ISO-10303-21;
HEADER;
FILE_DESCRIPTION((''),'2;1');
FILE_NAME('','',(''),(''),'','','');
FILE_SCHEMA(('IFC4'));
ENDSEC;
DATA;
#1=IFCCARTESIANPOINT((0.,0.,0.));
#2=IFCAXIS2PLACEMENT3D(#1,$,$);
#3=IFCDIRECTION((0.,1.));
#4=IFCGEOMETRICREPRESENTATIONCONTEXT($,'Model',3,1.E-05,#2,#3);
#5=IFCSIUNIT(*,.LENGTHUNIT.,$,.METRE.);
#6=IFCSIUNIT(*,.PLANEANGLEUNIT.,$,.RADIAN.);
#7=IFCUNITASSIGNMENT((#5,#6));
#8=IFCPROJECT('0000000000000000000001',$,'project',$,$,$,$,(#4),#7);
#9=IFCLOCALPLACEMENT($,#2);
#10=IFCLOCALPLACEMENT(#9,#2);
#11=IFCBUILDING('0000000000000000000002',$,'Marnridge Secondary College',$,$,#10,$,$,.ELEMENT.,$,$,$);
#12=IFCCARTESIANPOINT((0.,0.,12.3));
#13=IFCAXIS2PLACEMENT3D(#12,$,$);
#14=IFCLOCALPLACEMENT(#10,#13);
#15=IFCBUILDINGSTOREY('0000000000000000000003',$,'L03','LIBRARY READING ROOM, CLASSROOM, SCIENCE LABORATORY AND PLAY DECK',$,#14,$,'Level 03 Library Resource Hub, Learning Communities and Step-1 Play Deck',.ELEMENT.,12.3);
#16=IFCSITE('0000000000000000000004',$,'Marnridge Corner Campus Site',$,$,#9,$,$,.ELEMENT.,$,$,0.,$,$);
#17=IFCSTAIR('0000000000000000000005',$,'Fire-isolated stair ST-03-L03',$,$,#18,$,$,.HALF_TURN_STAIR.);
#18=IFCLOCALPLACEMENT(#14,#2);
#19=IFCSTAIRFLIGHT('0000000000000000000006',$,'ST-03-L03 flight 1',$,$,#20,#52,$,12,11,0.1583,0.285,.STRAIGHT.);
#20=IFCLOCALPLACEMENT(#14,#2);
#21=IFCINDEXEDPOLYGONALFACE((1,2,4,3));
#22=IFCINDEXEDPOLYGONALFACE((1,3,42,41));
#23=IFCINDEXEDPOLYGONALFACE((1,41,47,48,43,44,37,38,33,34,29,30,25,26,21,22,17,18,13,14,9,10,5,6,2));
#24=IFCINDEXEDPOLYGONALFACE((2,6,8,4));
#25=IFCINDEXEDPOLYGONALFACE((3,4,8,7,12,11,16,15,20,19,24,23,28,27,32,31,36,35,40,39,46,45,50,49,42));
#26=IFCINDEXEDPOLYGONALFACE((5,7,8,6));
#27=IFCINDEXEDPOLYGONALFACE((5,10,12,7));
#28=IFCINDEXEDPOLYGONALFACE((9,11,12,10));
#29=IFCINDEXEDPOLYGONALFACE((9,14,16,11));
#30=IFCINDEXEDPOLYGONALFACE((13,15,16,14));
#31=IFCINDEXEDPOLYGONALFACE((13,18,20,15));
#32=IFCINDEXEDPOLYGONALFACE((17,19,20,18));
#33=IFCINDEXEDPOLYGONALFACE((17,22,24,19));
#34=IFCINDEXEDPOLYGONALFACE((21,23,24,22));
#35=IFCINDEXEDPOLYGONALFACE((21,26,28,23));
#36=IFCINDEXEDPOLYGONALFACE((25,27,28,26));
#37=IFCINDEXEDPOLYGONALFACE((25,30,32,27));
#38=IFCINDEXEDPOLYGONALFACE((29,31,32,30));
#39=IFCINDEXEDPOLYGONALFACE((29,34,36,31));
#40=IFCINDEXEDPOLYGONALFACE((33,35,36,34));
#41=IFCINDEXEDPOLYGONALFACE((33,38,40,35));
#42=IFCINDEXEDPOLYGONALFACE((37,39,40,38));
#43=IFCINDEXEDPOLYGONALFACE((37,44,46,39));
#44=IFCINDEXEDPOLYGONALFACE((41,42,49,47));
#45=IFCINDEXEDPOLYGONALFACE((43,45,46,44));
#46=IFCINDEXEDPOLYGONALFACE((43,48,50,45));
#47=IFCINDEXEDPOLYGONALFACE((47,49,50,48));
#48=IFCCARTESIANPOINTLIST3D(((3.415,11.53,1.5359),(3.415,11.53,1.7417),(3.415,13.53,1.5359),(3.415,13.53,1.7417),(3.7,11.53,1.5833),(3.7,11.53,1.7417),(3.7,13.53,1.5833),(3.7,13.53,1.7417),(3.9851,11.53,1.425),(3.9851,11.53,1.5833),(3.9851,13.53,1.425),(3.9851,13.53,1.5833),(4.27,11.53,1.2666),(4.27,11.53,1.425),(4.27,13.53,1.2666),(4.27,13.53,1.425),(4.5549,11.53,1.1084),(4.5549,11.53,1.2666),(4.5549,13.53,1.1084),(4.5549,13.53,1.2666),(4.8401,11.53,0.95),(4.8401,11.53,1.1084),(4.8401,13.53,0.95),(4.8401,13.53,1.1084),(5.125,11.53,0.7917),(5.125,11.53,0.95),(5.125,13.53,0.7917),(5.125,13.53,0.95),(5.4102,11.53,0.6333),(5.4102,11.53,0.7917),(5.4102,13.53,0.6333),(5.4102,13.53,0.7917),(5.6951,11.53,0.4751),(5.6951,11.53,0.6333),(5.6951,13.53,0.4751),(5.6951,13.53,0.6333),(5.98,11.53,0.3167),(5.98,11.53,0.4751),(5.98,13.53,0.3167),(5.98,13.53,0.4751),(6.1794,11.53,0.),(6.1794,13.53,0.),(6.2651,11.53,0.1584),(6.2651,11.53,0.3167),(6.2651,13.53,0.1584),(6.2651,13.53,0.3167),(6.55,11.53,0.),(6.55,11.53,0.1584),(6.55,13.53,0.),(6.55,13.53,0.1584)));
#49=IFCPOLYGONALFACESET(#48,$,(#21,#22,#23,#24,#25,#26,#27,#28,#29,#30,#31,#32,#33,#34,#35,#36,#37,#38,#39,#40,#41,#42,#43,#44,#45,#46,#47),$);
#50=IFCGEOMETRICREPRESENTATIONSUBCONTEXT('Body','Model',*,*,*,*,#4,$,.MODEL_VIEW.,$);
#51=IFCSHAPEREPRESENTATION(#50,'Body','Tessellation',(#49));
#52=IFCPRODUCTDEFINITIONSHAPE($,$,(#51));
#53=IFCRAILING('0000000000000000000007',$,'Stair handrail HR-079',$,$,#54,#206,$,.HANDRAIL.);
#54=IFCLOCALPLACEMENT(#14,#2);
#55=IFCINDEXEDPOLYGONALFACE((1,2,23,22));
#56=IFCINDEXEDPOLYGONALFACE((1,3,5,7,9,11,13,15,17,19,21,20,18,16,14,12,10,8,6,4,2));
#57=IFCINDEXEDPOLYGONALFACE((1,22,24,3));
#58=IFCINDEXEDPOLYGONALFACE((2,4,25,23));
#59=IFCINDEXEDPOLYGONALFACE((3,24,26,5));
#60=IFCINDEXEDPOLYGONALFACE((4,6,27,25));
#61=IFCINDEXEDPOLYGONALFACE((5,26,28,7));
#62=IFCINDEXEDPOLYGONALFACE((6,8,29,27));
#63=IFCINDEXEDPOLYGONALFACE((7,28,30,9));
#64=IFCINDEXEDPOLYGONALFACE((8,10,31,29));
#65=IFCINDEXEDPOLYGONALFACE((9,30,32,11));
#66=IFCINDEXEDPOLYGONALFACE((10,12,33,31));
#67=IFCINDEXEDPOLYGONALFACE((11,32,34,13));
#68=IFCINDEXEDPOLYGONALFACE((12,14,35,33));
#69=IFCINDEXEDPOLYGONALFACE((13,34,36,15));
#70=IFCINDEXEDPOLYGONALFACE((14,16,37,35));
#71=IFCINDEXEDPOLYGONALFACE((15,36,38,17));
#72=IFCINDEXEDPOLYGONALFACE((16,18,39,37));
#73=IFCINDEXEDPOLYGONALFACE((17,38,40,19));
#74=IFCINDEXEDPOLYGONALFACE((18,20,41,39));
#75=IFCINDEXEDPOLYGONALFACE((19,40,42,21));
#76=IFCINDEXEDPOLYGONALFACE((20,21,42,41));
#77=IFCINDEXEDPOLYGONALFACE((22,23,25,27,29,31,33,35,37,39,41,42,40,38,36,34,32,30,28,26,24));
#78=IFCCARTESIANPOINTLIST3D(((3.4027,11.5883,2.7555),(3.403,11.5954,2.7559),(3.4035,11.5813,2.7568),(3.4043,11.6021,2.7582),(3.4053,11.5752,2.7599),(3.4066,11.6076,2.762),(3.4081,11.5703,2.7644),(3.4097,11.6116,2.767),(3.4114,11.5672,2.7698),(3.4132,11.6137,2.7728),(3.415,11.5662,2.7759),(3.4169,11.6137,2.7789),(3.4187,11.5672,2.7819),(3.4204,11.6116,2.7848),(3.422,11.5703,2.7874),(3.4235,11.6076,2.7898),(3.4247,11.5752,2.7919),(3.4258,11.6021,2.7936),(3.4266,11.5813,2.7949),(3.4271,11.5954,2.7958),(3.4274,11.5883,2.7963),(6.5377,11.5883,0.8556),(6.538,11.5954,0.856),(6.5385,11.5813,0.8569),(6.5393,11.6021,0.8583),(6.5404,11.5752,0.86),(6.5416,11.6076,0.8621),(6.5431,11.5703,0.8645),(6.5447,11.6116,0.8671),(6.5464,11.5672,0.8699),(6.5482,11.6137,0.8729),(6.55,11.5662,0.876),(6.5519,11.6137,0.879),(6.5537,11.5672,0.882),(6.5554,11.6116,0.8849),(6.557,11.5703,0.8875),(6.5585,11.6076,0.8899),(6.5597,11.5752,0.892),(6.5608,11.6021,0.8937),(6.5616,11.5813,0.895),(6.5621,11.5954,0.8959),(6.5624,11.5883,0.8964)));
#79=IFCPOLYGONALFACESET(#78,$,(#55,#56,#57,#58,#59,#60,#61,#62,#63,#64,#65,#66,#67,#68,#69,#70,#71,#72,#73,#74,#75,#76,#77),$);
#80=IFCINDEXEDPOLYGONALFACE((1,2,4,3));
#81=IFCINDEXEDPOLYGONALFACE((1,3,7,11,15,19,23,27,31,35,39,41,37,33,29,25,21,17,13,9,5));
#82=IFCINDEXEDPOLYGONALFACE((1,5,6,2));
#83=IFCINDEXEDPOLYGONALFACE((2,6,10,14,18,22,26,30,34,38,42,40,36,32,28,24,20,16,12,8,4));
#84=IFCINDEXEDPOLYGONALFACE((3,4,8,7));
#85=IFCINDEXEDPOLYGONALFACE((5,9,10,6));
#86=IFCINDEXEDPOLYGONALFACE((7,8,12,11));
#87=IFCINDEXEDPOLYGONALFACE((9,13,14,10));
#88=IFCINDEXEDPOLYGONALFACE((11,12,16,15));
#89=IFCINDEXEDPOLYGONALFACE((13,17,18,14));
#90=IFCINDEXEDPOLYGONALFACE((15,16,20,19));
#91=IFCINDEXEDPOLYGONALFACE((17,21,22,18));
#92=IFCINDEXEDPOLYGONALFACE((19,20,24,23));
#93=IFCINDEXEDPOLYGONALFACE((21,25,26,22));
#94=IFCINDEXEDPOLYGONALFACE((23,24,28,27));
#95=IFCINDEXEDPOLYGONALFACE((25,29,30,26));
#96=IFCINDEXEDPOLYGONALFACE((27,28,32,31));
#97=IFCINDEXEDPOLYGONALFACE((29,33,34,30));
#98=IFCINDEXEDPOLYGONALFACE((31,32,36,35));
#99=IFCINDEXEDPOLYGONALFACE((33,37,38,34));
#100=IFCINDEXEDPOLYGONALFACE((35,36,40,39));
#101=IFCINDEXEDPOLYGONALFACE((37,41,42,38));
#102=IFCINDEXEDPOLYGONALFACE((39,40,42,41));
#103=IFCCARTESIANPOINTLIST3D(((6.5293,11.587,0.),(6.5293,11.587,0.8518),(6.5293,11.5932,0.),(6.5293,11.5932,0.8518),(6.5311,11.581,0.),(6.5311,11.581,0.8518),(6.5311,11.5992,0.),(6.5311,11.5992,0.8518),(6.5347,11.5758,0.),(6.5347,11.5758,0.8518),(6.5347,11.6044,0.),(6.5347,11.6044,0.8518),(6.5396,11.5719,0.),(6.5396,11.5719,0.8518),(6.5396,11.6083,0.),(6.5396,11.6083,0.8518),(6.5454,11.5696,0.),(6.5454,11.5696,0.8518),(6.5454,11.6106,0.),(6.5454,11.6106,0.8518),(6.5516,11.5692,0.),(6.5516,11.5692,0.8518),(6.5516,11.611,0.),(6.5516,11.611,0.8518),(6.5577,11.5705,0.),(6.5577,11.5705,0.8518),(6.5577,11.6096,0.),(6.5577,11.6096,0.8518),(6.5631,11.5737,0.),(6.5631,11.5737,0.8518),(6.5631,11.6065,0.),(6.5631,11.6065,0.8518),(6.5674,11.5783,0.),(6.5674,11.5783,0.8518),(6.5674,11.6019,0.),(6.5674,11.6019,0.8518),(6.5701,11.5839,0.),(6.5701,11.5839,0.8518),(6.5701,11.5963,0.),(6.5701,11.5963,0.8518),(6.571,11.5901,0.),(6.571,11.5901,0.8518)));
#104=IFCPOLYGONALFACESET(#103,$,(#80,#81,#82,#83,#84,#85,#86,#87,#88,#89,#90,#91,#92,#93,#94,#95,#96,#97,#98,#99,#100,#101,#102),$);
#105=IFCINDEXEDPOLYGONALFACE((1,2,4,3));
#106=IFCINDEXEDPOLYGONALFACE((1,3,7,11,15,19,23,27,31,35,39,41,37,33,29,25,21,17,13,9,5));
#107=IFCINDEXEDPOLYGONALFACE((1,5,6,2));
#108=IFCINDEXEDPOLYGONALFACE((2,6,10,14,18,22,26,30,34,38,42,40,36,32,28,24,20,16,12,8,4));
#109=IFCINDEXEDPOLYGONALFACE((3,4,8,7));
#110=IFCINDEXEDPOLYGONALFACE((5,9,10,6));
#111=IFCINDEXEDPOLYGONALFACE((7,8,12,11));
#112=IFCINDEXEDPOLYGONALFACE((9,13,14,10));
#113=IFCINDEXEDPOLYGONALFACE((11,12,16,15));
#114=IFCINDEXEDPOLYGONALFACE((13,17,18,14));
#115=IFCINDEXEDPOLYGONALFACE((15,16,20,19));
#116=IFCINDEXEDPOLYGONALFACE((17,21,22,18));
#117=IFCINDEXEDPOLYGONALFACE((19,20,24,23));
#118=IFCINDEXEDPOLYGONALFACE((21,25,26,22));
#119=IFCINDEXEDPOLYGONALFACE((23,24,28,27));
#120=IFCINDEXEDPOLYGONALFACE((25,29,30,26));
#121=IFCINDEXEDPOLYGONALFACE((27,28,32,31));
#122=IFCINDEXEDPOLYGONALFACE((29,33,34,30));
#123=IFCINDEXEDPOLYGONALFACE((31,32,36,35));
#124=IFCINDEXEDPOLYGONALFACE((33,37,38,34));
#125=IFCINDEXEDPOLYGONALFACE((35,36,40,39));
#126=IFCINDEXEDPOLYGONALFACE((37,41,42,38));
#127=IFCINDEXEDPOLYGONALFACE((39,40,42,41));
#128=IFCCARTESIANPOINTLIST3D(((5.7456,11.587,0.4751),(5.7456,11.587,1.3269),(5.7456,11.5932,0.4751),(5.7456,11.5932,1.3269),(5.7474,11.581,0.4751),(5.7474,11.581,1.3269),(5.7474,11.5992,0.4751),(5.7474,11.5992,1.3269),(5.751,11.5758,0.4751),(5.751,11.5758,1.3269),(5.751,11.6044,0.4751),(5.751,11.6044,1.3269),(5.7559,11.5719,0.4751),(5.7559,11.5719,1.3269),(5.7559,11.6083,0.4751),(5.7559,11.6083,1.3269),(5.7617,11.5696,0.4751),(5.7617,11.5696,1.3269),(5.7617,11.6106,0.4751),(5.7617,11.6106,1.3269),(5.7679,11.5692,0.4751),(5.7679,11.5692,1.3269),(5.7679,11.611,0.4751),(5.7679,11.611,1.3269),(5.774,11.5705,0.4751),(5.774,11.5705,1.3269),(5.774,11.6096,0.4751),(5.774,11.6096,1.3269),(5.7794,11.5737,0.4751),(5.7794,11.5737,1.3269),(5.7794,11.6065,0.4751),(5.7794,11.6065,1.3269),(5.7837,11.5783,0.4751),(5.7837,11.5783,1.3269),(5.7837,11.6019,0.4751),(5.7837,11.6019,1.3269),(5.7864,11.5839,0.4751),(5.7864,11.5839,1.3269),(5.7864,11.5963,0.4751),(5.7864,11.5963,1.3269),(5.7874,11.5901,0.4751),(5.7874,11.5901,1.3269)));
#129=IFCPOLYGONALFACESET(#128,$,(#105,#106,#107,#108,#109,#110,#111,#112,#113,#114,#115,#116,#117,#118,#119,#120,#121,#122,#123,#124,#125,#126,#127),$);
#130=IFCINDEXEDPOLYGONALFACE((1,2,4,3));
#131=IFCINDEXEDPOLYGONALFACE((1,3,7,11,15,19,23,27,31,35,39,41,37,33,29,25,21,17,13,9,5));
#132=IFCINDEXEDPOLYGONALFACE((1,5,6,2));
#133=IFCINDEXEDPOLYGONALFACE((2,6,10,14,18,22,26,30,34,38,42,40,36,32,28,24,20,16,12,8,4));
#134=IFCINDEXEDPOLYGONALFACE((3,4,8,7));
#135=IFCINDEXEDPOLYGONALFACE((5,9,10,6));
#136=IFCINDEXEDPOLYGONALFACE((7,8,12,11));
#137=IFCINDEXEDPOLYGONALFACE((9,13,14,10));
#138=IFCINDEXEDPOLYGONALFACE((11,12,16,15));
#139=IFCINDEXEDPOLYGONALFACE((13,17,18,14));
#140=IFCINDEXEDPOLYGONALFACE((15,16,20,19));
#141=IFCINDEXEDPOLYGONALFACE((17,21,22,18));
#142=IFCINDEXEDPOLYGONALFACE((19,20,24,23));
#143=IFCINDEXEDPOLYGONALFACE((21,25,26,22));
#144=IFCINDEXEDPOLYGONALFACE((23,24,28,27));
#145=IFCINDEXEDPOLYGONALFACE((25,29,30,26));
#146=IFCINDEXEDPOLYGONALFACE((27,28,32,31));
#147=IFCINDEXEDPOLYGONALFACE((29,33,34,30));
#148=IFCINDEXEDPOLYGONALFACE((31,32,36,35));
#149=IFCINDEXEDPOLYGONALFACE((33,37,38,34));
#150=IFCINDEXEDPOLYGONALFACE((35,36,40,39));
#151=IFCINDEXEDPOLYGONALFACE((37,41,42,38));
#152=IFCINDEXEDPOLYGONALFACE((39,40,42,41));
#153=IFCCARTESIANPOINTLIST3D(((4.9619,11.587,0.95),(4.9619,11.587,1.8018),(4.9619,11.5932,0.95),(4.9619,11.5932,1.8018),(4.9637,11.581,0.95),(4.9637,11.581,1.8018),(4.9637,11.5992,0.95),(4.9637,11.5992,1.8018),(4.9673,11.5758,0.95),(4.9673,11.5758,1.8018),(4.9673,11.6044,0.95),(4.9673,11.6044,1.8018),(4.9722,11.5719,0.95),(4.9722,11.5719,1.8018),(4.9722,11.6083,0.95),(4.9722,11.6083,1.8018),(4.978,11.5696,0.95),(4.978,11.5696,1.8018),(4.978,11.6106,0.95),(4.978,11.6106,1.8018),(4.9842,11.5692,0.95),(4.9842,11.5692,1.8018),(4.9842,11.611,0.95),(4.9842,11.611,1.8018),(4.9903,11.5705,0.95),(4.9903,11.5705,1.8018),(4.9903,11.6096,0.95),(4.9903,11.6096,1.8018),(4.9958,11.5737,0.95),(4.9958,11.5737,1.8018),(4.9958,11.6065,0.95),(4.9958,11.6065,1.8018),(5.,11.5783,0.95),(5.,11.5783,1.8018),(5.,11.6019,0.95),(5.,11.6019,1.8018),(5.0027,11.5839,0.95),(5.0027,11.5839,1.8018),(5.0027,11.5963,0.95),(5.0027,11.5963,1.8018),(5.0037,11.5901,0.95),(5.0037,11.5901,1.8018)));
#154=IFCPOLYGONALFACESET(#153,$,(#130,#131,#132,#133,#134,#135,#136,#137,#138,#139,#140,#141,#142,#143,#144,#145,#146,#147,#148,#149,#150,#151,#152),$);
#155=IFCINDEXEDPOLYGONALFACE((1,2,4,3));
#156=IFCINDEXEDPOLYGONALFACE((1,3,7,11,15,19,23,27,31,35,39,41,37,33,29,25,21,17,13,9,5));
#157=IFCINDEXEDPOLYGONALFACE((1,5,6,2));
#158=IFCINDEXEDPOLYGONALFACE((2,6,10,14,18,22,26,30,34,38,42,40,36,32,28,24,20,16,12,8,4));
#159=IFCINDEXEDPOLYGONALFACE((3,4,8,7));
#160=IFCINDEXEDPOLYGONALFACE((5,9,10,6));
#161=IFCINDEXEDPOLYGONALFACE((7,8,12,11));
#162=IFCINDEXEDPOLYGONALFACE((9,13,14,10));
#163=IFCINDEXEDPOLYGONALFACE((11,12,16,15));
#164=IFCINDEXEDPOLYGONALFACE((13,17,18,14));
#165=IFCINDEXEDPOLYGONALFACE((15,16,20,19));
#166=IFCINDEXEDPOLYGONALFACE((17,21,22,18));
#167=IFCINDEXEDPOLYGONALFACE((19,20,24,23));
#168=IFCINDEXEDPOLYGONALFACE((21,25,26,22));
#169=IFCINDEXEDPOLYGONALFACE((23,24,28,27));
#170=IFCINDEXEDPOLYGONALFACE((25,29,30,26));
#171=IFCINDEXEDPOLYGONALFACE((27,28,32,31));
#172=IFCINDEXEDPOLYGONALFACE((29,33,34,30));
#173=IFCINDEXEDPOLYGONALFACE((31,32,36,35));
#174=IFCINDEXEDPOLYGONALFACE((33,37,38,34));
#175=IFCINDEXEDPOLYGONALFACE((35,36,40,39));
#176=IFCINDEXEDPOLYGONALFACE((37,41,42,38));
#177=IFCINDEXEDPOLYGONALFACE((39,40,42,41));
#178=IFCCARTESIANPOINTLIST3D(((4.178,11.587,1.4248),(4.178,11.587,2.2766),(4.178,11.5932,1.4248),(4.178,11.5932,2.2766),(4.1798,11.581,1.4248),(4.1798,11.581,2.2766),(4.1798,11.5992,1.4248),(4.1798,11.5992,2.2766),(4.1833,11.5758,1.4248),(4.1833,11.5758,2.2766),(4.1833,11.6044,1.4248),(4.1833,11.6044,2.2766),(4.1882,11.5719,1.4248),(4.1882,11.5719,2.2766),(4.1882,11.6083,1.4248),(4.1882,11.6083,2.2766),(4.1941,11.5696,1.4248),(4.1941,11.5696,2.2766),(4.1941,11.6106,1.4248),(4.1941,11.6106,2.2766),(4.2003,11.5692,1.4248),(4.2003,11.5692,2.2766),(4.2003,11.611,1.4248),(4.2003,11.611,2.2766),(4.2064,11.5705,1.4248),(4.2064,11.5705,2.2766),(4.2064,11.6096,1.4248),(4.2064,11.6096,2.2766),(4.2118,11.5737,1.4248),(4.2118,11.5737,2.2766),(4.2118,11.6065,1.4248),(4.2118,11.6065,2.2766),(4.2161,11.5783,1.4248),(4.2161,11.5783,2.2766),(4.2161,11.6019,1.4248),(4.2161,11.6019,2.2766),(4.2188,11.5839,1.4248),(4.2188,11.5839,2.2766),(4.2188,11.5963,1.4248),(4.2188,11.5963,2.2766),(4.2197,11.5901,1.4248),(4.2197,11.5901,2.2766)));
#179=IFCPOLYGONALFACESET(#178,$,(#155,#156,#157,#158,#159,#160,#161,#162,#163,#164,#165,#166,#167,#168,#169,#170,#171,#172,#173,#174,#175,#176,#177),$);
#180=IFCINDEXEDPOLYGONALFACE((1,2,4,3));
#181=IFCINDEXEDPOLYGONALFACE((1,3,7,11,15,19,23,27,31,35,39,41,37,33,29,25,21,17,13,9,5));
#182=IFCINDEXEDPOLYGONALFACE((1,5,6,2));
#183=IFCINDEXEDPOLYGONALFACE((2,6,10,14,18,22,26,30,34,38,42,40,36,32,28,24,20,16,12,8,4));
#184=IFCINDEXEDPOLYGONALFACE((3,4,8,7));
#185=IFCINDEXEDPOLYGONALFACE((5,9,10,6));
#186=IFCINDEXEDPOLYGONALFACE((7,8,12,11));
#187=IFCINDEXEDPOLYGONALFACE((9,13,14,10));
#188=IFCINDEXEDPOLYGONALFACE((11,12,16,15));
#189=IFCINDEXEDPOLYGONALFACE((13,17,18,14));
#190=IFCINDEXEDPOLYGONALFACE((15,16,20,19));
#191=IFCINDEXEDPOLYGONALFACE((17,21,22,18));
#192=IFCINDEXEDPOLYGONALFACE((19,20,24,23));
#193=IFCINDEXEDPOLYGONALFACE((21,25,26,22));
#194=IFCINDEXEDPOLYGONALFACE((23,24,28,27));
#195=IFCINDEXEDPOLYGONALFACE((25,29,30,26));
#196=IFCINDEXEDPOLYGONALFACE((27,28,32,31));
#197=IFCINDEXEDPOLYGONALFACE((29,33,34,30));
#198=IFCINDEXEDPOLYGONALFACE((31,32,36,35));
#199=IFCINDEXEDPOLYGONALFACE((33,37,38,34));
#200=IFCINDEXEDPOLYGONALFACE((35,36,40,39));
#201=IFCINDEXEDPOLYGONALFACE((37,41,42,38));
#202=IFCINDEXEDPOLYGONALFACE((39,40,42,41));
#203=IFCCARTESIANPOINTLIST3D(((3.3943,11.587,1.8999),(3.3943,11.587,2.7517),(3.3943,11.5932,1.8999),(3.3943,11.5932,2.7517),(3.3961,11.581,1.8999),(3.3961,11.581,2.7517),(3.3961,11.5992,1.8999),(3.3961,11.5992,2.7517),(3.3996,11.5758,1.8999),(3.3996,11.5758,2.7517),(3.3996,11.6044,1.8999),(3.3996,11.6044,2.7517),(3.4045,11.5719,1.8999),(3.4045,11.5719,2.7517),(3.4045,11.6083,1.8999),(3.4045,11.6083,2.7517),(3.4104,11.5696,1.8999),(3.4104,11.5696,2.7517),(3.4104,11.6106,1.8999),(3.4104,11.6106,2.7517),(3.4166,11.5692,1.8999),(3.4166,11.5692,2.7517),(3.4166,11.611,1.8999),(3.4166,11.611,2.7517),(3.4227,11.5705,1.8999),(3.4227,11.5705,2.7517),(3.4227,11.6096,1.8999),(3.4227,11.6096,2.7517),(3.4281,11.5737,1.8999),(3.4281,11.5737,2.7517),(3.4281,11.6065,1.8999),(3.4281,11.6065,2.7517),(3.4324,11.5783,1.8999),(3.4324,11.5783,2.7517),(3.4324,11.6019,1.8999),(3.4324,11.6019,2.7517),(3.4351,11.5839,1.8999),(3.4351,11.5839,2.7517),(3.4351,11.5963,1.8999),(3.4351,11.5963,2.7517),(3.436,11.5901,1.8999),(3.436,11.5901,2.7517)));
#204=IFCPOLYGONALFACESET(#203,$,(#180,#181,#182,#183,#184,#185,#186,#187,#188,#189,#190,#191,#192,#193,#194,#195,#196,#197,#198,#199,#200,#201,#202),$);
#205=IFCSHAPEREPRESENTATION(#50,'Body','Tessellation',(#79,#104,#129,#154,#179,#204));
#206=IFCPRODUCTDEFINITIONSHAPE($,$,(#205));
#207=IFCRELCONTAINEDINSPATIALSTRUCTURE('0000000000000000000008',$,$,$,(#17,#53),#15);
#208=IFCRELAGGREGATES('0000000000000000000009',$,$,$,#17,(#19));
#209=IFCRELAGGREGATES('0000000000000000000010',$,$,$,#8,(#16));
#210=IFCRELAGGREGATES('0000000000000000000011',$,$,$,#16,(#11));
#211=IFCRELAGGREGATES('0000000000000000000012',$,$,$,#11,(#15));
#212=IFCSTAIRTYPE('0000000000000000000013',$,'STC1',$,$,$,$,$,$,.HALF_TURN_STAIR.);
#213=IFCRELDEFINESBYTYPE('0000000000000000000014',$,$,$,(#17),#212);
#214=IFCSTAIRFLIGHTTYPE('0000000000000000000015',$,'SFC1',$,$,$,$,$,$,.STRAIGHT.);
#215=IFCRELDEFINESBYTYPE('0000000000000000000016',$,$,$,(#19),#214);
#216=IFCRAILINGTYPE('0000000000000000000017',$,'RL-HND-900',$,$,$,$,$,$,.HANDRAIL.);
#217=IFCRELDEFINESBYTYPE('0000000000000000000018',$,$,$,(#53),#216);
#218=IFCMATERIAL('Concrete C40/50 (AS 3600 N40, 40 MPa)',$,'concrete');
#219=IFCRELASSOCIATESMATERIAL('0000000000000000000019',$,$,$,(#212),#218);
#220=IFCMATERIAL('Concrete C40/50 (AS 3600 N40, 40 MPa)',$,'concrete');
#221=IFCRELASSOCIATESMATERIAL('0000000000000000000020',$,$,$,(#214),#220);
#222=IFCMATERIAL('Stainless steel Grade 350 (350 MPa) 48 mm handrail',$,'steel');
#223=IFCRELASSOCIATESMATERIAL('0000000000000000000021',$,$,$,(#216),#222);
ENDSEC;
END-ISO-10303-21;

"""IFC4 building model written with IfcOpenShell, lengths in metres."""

from ifc_helpers import new_model, si_unit, direction, frame, origin, origin_2d, place, context, subcontext, project, spatial, polyline, circle, outline, extrude, material, type_object, element, aggregate, save


model = new_model("IFC4")

# Units and contexts
model_context = context("Model", 3, precision=1e-05, world=origin(), true_north=direction((0.0, 1.0)))
body_context = subcontext(model_context, "Body", "Model", "MODEL_VIEW")
ifc_project = project(units=[si_unit("LENGTHUNIT", "METRE"), si_unit("PLANEANGLEUNIT", "RADIAN")], contexts=[model_context])

# Site, building, storey
site_placement = place(None, origin())
site = spatial("IfcSite", under=ifc_project, at=site_placement, Name="Marnridge Corner Campus Site", CompositionType="ELEMENT", RefElevation=0.0)
building_placement = place(site_placement, origin())
building = spatial("IfcBuilding", under=site, at=building_placement, Name="Marnridge Secondary College", CompositionType="ELEMENT")
storey_placement = place(building_placement, frame((0.0, 0.0, 12.3)))
storey = spatial("IfcBuildingStorey", under=building, at=storey_placement, Name="L03", Description="LIBRARY READING ROOM, CLASSROOM, SCIENCE LABORATORY AND PLAY DECK", LongName="Level 03 Library Resource Hub, Learning Communities and Step-1 Play Deck", CompositionType="ELEMENT", Elevation=12.3)

# Stair, stair flight
ifc_material_1 = material(Name="Concrete C40/50 (AS 3600 N40, 40 MPa)", Category="concrete")
stair_type = type_object("IfcStairType", Name="STC1", PredefinedType="HALF_TURN_STAIR", material=ifc_material_1)
stair_placement = place(storey_placement, origin())
stair = element("IfcStair", 1, at=stair_placement, inside=storey, type_object=stair_type, Name="Fire-isolated stair ST-03-L03", PredefinedType="HALF_TURN_STAIR")
ifc_material_2 = material(Name="Concrete C40/50 (AS 3600 N40, 40 MPa)", Category="concrete")
stair_flight_type = type_object("IfcStairFlightType", Name="SFC1", PredefinedType="STRAIGHT", material=ifc_material_2)
stair_flight_placement = place(storey_placement, frame((6.55, 12.53, 0.0), z_axis=(0.0, 0.0, 1.0), x_axis=(-1.0, 0.0, 0.0)))
stair_flight = element("IfcStairFlight", 2, at=stair_flight_placement, type_object=stair_flight_type, Name="ST-03-L03 flight 1", NumberOfRisers=12, NumberOfTreads=11, PredefinedType="STRAIGHT", RiserHeight=0.1583, TreadLength=0.285, context=body_context, shape_type="SweptSolid", body=[
    extrude(outline(polyline([(0.0, 0.0), (0.0, 0.1584), (0.2849, 0.1584), (0.2849, 0.3167), (0.5701, 0.3167), (0.5701, 0.4751), (0.855, 0.4751), (0.855, 0.6333), (1.1399, 0.6333), (1.1399, 0.7917), (1.425, 0.7917), (1.425, 0.95), (1.71, 0.95), (1.71, 1.1084), (1.9951, 1.1084), (1.9951, 1.2666), (2.28, 1.2666), (2.28, 1.425), (2.5649, 1.425), (2.5649, 1.5833), (2.8501, 1.5833), (2.8501, 1.7417), (3.135, 1.7417), (3.135, 1.8999), (3.135, 1.5359), (0.3706, 0.0), (0.0, 0.0)])), frame((0.0, 1.0, 0.0), z_axis=(0.0, -1.0, 0.0), x_axis=(1.0, 0.0, 0.0)), (0.0, 0.0, 1.0), 2.0),
])
aggregate(stair, [stair_flight])

# Railing
ifc_material_3 = material(Name="Stainless steel Grade 350 (350 MPa) 48 mm handrail", Category="steel")
railing_type_1 = type_object("IfcRailingType", Name="RL-HND-900", PredefinedType="HANDRAIL", material=ifc_material_3)
for number, where, name in (
    (3, (6.55, 11.5901, 0.0), "Stair handrail HR-079"),
):
    element("IfcRailing", number, at=place(storey_placement, frame(where)), inside=storey, type_object=railing_type_1, Name=name, PredefinedType="HANDRAIL", context=body_context, shape_type="SweptSolid", body=[
        extrude(circle(Radius=0.0239, at=origin_2d()), frame((0.0, 0.0, 0.876), z_axis=(-0.85521, 0.0, 0.518281), x_axis=(0.0, -1.0, 0.0)), (0.0, 0.0, 1.0), 3.6658),
        extrude(circle(Radius=0.021, at=origin_2d()), origin(), (0.0, 0.0, 1.0), 0.8518),
        extrude(circle(Radius=0.021, at=origin_2d()), frame((-0.7837, 0.0, 0.4751)), (0.0, 0.0, 1.0), 0.8518),
        extrude(circle(Radius=0.021, at=origin_2d()), frame((-1.5674, 0.0, 0.95)), (0.0, 0.0, 1.0), 0.8518),
        extrude(circle(Radius=0.021, at=origin_2d()), frame((-2.3513, 0.0, 1.4248)), (0.0, 0.0, 1.0), 0.8518),
        extrude(circle(Radius=0.021, at=origin_2d()), frame((-3.135, 0.0, 1.8999)), (0.0, 0.0, 1.0), 0.8518),
    ])

save(model, "model.ifc")
